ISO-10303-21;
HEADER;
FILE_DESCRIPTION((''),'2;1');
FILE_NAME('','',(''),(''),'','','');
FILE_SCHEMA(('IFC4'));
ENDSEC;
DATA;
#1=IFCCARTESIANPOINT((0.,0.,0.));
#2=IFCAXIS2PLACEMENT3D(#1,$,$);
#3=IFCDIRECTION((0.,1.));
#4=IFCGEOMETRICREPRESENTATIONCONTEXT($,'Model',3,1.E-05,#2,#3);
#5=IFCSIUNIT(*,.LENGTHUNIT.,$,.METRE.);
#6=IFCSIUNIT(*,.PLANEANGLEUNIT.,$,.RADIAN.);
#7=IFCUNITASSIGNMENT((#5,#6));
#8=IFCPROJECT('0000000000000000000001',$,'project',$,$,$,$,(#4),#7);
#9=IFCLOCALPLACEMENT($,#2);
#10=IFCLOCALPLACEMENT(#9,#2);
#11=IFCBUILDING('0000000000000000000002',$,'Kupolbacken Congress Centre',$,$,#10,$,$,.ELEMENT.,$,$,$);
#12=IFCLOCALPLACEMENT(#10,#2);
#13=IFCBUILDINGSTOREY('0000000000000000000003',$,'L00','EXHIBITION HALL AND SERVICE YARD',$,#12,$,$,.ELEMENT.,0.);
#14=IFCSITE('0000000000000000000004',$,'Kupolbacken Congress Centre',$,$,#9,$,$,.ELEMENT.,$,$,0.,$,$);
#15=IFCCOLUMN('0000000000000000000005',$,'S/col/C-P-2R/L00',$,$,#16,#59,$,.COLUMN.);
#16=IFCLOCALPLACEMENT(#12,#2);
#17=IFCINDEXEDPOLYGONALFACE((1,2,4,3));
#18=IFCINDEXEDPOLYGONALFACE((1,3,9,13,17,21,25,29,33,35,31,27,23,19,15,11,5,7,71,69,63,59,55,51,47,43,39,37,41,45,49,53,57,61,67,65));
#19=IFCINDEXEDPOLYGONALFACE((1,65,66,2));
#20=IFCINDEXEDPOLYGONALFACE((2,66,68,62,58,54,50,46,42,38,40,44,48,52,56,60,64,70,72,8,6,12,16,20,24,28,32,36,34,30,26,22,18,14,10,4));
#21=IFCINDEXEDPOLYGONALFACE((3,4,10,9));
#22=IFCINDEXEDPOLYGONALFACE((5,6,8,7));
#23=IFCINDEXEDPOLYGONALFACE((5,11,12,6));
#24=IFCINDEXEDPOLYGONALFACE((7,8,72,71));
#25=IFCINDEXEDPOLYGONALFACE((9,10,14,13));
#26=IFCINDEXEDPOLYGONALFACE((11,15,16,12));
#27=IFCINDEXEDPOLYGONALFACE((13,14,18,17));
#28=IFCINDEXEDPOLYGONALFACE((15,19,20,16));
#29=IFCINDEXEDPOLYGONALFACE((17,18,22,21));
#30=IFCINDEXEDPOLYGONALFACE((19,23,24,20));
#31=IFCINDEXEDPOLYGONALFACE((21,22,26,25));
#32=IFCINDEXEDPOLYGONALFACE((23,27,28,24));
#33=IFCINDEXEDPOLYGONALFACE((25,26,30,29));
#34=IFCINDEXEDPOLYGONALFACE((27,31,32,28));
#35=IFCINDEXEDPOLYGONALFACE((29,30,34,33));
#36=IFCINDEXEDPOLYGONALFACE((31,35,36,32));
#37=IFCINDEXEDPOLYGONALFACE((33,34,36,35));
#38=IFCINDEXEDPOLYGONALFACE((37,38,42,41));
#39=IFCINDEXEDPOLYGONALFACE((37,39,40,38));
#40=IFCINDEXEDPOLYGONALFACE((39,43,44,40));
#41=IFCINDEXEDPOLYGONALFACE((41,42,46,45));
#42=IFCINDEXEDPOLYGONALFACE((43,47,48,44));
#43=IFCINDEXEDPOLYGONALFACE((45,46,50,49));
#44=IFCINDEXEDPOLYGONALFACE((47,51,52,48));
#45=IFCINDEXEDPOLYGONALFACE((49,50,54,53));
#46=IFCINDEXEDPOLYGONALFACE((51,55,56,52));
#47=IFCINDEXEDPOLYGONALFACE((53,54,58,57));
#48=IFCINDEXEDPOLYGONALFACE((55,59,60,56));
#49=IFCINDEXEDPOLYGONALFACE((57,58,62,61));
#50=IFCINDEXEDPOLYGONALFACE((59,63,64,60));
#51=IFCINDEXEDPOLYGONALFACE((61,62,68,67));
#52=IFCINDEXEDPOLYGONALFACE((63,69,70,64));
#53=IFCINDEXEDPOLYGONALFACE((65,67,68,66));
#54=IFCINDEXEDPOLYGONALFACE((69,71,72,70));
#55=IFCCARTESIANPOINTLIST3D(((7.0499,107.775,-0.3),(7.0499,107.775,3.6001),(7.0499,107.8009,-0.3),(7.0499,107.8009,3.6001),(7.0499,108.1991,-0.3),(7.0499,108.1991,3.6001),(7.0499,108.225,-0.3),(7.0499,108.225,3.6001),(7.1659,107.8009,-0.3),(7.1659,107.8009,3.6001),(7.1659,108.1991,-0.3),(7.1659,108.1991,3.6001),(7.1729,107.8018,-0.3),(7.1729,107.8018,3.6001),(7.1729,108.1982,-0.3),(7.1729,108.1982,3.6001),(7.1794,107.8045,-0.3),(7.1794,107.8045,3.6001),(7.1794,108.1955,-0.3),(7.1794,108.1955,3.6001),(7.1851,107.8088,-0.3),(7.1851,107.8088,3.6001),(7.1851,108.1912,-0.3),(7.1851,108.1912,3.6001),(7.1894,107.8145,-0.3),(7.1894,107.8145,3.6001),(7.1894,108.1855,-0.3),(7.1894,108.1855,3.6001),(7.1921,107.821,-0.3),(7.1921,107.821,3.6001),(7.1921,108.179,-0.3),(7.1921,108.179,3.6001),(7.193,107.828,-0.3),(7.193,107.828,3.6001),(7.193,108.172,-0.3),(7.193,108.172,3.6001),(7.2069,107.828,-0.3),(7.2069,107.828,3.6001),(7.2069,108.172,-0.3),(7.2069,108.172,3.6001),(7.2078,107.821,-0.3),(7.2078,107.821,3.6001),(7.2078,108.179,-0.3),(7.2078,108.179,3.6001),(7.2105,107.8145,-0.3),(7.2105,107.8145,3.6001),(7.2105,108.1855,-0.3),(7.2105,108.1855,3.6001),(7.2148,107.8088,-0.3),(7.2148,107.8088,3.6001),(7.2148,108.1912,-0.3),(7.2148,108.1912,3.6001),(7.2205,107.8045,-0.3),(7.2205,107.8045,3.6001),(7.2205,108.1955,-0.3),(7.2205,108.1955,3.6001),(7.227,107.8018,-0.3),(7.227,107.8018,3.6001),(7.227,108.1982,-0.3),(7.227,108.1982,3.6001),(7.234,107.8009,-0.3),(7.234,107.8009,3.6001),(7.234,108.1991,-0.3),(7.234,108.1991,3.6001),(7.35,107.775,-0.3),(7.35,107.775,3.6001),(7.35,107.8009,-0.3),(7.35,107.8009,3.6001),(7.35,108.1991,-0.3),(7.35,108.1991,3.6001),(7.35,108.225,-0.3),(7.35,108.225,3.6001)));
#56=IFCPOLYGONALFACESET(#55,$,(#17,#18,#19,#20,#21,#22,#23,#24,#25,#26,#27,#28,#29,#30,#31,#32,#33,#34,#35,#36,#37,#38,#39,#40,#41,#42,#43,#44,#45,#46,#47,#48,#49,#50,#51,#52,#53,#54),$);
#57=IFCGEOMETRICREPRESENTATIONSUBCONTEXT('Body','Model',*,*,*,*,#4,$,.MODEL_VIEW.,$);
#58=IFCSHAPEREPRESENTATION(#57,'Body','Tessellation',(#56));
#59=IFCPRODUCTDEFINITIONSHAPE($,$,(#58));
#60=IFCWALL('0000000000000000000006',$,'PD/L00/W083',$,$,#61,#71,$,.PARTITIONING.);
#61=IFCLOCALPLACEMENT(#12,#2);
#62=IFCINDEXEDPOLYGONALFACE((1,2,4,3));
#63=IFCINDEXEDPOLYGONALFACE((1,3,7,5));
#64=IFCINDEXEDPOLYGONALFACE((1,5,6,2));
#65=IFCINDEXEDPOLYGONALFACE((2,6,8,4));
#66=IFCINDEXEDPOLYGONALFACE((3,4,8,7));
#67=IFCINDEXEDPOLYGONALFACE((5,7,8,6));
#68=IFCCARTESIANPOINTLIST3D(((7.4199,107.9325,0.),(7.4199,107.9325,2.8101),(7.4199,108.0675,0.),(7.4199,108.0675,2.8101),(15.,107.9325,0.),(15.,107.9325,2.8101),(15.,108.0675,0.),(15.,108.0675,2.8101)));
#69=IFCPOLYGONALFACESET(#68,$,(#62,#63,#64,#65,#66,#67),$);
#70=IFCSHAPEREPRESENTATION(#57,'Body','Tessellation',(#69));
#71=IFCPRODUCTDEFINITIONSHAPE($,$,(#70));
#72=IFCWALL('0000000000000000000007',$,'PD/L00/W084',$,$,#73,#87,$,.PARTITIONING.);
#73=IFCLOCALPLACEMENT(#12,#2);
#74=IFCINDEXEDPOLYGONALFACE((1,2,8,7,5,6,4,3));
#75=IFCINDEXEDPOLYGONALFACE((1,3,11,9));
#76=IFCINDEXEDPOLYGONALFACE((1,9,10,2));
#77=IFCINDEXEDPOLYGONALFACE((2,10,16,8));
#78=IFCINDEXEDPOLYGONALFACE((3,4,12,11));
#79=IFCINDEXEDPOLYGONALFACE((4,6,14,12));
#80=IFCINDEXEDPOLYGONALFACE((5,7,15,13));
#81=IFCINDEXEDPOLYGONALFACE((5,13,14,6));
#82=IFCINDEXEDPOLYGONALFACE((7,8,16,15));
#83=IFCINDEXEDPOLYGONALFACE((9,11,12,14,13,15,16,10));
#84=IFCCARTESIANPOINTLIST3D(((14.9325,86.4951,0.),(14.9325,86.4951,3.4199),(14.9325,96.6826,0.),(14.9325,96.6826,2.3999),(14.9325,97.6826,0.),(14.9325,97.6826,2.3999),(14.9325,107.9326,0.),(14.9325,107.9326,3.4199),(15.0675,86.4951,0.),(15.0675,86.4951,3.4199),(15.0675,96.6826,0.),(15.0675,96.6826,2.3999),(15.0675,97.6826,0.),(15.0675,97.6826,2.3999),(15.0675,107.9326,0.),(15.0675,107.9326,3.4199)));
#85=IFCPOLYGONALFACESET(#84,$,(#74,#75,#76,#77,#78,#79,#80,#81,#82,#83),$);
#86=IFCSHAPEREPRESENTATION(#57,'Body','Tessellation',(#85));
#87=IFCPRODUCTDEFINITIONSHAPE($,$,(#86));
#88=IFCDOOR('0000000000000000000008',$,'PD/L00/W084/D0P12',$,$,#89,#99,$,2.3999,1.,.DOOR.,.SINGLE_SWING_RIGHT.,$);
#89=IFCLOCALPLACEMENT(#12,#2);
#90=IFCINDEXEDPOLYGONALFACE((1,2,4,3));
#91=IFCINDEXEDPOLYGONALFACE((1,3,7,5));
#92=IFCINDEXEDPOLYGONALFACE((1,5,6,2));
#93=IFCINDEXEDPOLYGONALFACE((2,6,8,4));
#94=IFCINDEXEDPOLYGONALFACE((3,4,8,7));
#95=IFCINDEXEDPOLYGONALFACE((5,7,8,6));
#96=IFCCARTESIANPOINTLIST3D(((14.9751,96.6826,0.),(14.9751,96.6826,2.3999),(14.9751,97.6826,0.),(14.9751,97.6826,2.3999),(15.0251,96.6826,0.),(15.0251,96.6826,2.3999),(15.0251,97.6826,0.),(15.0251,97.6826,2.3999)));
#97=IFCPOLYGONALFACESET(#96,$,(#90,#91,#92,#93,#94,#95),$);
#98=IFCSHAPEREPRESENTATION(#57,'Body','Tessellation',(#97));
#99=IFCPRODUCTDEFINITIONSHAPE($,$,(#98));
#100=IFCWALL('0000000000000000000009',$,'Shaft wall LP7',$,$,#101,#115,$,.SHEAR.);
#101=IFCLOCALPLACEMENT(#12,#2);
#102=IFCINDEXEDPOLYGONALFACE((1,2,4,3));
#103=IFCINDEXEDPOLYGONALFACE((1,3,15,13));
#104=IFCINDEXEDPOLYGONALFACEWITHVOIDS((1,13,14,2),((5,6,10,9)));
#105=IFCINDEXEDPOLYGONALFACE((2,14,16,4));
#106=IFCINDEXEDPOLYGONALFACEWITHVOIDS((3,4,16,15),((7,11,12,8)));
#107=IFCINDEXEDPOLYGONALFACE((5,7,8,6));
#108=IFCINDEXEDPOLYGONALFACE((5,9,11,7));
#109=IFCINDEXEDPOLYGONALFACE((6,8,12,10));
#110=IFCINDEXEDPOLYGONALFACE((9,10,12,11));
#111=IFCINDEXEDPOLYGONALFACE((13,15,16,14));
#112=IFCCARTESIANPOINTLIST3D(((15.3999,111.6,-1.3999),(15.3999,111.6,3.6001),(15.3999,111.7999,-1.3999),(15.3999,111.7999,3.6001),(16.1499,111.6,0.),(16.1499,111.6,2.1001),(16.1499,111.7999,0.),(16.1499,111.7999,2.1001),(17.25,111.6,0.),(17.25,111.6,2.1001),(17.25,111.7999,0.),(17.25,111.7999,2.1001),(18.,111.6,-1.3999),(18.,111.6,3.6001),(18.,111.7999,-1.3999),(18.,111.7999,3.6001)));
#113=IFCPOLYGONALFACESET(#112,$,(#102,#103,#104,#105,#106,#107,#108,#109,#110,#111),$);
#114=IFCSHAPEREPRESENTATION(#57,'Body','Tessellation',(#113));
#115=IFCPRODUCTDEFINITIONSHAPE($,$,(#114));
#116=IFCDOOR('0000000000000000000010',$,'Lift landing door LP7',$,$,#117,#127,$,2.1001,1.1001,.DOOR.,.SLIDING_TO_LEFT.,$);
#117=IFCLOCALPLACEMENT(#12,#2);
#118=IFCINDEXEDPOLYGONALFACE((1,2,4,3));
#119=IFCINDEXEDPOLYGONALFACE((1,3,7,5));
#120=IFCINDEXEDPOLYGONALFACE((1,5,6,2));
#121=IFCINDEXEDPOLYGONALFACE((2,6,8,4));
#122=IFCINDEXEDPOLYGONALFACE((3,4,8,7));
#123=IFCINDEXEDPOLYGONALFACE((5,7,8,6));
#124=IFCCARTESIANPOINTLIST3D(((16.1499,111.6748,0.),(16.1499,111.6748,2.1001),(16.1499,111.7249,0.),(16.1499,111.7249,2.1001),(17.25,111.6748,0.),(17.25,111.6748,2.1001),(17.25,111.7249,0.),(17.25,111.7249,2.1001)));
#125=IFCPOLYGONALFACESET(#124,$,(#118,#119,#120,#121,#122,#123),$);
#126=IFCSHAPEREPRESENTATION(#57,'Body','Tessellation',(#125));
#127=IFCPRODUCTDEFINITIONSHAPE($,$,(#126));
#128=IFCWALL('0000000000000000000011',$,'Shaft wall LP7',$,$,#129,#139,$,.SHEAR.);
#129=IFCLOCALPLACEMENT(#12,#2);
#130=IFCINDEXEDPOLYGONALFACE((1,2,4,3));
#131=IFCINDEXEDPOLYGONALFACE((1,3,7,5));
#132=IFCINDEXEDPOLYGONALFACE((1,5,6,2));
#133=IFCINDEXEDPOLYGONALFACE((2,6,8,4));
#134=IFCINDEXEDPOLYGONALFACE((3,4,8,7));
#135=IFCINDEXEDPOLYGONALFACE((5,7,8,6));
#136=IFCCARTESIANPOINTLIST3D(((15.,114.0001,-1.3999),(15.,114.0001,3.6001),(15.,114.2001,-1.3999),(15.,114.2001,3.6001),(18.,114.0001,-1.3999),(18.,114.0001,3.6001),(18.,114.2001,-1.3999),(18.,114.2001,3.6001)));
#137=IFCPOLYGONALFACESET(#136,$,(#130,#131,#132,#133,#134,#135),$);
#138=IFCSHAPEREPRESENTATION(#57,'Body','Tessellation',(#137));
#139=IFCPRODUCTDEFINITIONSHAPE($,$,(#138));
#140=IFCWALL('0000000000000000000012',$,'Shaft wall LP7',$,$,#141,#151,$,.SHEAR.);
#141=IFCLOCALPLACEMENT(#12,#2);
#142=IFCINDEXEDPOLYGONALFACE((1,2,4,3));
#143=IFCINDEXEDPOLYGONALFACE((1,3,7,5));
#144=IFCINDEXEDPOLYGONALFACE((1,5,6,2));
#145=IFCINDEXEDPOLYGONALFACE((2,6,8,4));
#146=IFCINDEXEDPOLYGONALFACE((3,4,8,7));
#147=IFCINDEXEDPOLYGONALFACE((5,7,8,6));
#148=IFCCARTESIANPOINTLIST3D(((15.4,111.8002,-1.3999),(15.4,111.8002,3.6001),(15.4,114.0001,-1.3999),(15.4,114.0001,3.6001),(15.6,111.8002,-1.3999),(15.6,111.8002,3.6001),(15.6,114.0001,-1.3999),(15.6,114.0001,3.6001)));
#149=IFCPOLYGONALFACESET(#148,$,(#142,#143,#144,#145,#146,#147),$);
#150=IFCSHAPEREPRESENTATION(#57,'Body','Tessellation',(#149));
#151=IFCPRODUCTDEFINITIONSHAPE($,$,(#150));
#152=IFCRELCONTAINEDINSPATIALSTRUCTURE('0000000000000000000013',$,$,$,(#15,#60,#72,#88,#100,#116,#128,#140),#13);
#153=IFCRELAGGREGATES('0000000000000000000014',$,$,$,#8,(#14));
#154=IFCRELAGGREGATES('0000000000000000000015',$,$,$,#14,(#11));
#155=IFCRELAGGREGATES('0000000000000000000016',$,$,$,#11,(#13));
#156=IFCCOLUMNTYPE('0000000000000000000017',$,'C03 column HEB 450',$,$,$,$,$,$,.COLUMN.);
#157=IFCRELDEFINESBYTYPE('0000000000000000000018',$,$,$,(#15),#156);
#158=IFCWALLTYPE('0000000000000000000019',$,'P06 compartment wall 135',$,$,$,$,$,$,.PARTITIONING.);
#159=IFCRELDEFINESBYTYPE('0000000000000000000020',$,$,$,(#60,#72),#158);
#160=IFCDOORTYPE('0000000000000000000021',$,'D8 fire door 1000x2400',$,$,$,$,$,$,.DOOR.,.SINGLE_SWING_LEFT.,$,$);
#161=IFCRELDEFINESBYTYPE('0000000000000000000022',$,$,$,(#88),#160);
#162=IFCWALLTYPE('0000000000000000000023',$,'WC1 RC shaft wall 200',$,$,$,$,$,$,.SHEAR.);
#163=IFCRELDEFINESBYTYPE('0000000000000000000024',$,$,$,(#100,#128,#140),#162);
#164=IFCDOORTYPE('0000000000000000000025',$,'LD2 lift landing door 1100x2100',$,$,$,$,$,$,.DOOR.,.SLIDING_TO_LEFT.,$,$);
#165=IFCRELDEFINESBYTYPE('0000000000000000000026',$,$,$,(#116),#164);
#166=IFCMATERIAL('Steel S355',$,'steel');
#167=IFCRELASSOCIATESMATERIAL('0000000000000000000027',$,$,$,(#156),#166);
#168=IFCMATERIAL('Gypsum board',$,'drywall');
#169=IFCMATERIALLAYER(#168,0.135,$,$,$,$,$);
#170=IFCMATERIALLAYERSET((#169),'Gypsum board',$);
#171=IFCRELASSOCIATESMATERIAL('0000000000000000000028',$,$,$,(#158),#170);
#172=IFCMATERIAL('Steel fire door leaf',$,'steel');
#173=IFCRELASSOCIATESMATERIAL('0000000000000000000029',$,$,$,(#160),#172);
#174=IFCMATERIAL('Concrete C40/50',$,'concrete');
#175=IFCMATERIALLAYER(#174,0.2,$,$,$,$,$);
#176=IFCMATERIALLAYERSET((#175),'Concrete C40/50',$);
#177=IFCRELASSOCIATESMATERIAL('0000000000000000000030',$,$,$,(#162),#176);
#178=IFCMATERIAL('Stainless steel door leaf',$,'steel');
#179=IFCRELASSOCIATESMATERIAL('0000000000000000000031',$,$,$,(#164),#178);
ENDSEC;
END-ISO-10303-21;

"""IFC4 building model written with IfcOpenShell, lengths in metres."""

from ifc_helpers import new_model, si_unit, direction, frame, frame_2d, origin, origin_2d, place, context, subcontext, project, spatial, rectangle, i_section, extrude, material, layer, layer_set, material_profile, profile_set, type_object, element, fill, save


model = new_model("IFC4")

# Units and contexts
model_context = context("Model", 3, precision=1e-05, world=origin(), true_north=direction((0.0, 1.0)))
body_context = subcontext(model_context, "Body", "Model", "MODEL_VIEW")
ifc_project = project(units=[si_unit("LENGTHUNIT", "METRE"), si_unit("PLANEANGLEUNIT", "RADIAN")], contexts=[model_context])

# Site, building, storey
site_placement = place(None, origin())
site = spatial("IfcSite", under=ifc_project, at=site_placement, Name="Kupolbacken Congress Centre", CompositionType="ELEMENT", RefElevation=0.0)
building_placement = place(site_placement, origin())
building = spatial("IfcBuilding", under=site, at=building_placement, Name="Kupolbacken Congress Centre", CompositionType="ELEMENT")
storey_placement = place(building_placement, origin())
storey = spatial("IfcBuildingStorey", under=building, at=storey_placement, Name="L00", Description="EXHIBITION HALL AND SERVICE YARD", CompositionType="ELEMENT", Elevation=0.0)

# Column
ifc_material_1 = material(Name="Steel S355", Category="steel")
ifc_material_profile_1 = material_profile(ifc_material_1, i_section(OverallWidth=0.3, OverallDepth=0.45, WebThickness=0.0139, FlangeThickness=0.0259, FilletRadius=0.0271, at=origin_2d()), Name="HEB 450")
ifc_profile_set_1 = profile_set([ifc_material_profile_1], Name="Steel S355")
column_type = type_object("IfcColumnType", Name="C03 column HEB 450", PredefinedType="COLUMN", material=ifc_profile_set_1)
column_placement = place(storey_placement, frame((7.2, 108.0, -0.3), z_axis=(0.0, 0.0, 1.0), x_axis=(1.0, 0.0, 0.0)))
element("IfcColumn", 1, at=column_placement, inside=storey, type_object=column_type, Name="S/col/C-P-2R/L00", PredefinedType="COLUMN", context=body_context, shape_type="SweptSolid", body=[
    extrude(i_section(OverallWidth=0.3, OverallDepth=0.45, WebThickness=0.0139, FlangeThickness=0.0259, FilletRadius=0.0271, at=origin_2d()), origin(), (0.0, 0.0, 1.0), 3.9001),
])

# Shared definitions
ifc_material_2 = material(Name="Gypsum board", Category="drywall")
ifc_layer_1 = layer(ifc_material_2, 0.135)
ifc_layer_set_1 = layer_set([ifc_layer_1], Name="Gypsum board")
wall_type_1 = type_object("IfcWallType", Name="P06 compartment wall 135", PredefinedType="PARTITIONING", material=ifc_layer_set_1)

# Wall
wall_1_placement = place(storey_placement, frame((7.4199, 108.0, 0.0), z_axis=(0.0, 0.0, 1.0), x_axis=(1.0, 0.0, 0.0)))
element("IfcWall", 2, at=wall_1_placement, inside=storey, type_object=wall_type_1, Name="PD/L00/W083", PredefinedType="PARTITIONING", context=body_context, shape_type="SweptSolid", body=[
    extrude(rectangle(XDim=7.5801, YDim=0.135, at=frame_2d((3.79, 0.0))), origin(), (0.0, 0.0, 1.0), 2.8101),
])

# Walls, openings, doors
wall_2_placement = place(storey_placement, frame((15.0, 107.9326, 0.0), z_axis=(0.0, 0.0, 1.0), x_axis=(0.0, -1.0, 0.0)))
wall_2 = element("IfcWall", 3, at=wall_2_placement, inside=storey, type_object=wall_type_1, Name="PD/L00/W084", PredefinedType="PARTITIONING", context=body_context, shape_type="SweptSolid", body=[
    extrude(rectangle(XDim=21.4375, YDim=0.135, at=frame_2d((10.7188, 0.0))), origin(), (0.0, 0.0, 1.0), 3.4199),
])
opening_1_placement = place(wall_2_placement, frame((10.25, 0.0, 0.0)))
opening_1 = element("IfcOpeningElement", 4, at=opening_1_placement, cuts=wall_2, PredefinedType="OPENING", context=body_context, shape_type="SweptSolid", body=[
    extrude(rectangle(XDim=1.0, YDim=2.3999, at=frame_2d((0.5, 1.2))), frame((0.0, 0.0774, 0.0), z_axis=(0.0, -1.0, 0.0), x_axis=(1.0, 0.0, 0.0)), (0.0, 0.0, 1.0), 0.155),
])
ifc_material_3 = material(Name="Steel fire door leaf", Category="steel")
door_type_1 = type_object("IfcDoorType", Name="D8 fire door 1000x2400", OperationType="SINGLE_SWING_LEFT", PredefinedType="DOOR", material=ifc_material_3)
door_1_placement = place(opening_1_placement, frame((1.0, 0.0, 0.0), z_axis=(0.0, 0.0, 1.0), x_axis=(-1.0, 0.0, 0.0)))
door_1 = element("IfcDoor", 5, at=door_1_placement, inside=storey, type_object=door_type_1, Name="PD/L00/W084/D0P12", OperationType="SINGLE_SWING_RIGHT", OverallHeight=2.3999, OverallWidth=1.0, PredefinedType="DOOR", context=body_context, shape_type="SweptSolid", body=[
    extrude(rectangle(XDim=1.0, YDim=2.3999, at=frame_2d((0.5, 1.2))), frame((0.0, 0.0249, 0.0), z_axis=(0.0, -1.0, 0.0), x_axis=(1.0, 0.0, 0.0)), (0.0, 0.0, 1.0), 0.05),
])
fill(opening_1, door_1)
ifc_material_4 = material(Name="Concrete C40/50", Category="concrete")
ifc_layer_2 = layer(ifc_material_4, 0.2)
ifc_layer_set_2 = layer_set([ifc_layer_2], Name="Concrete C40/50")
wall_type_2 = type_object("IfcWallType", Name="WC1 RC shaft wall 200", PredefinedType="SHEAR", material=ifc_layer_set_2)
wall_3_placement = place(storey_placement, frame((15.3999, 111.7, -1.3999), z_axis=(0.0, 0.0, 1.0), x_axis=(1.0, 0.0, 0.0)))
wall_3 = element("IfcWall", 6, at=wall_3_placement, inside=storey, type_object=wall_type_2, Name="Shaft wall LP7", PredefinedType="SHEAR", context=body_context, shape_type="SweptSolid", body=[
    extrude(rectangle(XDim=2.6001, YDim=0.2, at=frame_2d((1.3, 0.0))), origin(), (0.0, 0.0, 1.0), 5.0),
])
opening_2_placement = place(wall_3_placement, frame((0.75, 0.0, 1.3999)))
opening_2 = element("IfcOpeningElement", 7, at=opening_2_placement, cuts=wall_3, PredefinedType="OPENING", context=body_context, shape_type="SweptSolid", body=[
    extrude(rectangle(XDim=1.1001, YDim=2.1001, at=frame_2d((0.55, 1.05))), frame((0.0, 0.1099, 0.0), z_axis=(0.0, -1.0, 0.0), x_axis=(1.0, 0.0, 0.0)), (0.0, 0.0, 1.0), 0.22),
])
ifc_material_5 = material(Name="Stainless steel door leaf", Category="steel")
door_type_2 = type_object("IfcDoorType", Name="LD2 lift landing door 1100x2100", OperationType="SLIDING_TO_LEFT", PredefinedType="DOOR", material=ifc_material_5)
door_2_placement = place(opening_2_placement, origin())
door_2 = element("IfcDoor", 8, at=door_2_placement, inside=storey, type_object=door_type_2, Name="Lift landing door LP7", OperationType="SLIDING_TO_LEFT", OverallHeight=2.1001, OverallWidth=1.1001, PredefinedType="DOOR", context=body_context, shape_type="SweptSolid", body=[
    extrude(rectangle(XDim=1.1001, YDim=2.1001, at=frame_2d((0.55, 1.05))), frame((0.0, 0.0249, 0.0), z_axis=(0.0, -1.0, 0.0), x_axis=(1.0, 0.0, 0.0)), (0.0, 0.0, 1.0), 0.05),
])
fill(opening_2, door_2)

# Walls
wall_4_placement = place(storey_placement, frame((15.0, 114.1001, -1.3999), z_axis=(0.0, 0.0, 1.0), x_axis=(1.0, 0.0, 0.0)))
element("IfcWall", 9, at=wall_4_placement, inside=storey, type_object=wall_type_2, Name="Shaft wall LP7", PredefinedType="SHEAR", context=body_context, shape_type="SweptSolid", body=[
    extrude(rectangle(XDim=3.0, YDim=0.2, at=frame_2d((1.5, 0.0))), origin(), (0.0, 0.0, 1.0), 5.0),
])
wall_5_placement = place(storey_placement, frame((15.5, 111.8, -1.3999), z_axis=(0.0, 0.0, 1.0), x_axis=(0.0, 1.0, 0.0)))
element("IfcWall", 10, at=wall_5_placement, inside=storey, type_object=wall_type_2, Name="Shaft wall LP7", PredefinedType="SHEAR", context=body_context, shape_type="SweptSolid", body=[
    extrude(rectangle(XDim=2.2, YDim=0.2, at=frame_2d((1.1001, 0.0))), origin(), (0.0, 0.0, 1.0), 5.0),
])

save(model, "model.ifc")
